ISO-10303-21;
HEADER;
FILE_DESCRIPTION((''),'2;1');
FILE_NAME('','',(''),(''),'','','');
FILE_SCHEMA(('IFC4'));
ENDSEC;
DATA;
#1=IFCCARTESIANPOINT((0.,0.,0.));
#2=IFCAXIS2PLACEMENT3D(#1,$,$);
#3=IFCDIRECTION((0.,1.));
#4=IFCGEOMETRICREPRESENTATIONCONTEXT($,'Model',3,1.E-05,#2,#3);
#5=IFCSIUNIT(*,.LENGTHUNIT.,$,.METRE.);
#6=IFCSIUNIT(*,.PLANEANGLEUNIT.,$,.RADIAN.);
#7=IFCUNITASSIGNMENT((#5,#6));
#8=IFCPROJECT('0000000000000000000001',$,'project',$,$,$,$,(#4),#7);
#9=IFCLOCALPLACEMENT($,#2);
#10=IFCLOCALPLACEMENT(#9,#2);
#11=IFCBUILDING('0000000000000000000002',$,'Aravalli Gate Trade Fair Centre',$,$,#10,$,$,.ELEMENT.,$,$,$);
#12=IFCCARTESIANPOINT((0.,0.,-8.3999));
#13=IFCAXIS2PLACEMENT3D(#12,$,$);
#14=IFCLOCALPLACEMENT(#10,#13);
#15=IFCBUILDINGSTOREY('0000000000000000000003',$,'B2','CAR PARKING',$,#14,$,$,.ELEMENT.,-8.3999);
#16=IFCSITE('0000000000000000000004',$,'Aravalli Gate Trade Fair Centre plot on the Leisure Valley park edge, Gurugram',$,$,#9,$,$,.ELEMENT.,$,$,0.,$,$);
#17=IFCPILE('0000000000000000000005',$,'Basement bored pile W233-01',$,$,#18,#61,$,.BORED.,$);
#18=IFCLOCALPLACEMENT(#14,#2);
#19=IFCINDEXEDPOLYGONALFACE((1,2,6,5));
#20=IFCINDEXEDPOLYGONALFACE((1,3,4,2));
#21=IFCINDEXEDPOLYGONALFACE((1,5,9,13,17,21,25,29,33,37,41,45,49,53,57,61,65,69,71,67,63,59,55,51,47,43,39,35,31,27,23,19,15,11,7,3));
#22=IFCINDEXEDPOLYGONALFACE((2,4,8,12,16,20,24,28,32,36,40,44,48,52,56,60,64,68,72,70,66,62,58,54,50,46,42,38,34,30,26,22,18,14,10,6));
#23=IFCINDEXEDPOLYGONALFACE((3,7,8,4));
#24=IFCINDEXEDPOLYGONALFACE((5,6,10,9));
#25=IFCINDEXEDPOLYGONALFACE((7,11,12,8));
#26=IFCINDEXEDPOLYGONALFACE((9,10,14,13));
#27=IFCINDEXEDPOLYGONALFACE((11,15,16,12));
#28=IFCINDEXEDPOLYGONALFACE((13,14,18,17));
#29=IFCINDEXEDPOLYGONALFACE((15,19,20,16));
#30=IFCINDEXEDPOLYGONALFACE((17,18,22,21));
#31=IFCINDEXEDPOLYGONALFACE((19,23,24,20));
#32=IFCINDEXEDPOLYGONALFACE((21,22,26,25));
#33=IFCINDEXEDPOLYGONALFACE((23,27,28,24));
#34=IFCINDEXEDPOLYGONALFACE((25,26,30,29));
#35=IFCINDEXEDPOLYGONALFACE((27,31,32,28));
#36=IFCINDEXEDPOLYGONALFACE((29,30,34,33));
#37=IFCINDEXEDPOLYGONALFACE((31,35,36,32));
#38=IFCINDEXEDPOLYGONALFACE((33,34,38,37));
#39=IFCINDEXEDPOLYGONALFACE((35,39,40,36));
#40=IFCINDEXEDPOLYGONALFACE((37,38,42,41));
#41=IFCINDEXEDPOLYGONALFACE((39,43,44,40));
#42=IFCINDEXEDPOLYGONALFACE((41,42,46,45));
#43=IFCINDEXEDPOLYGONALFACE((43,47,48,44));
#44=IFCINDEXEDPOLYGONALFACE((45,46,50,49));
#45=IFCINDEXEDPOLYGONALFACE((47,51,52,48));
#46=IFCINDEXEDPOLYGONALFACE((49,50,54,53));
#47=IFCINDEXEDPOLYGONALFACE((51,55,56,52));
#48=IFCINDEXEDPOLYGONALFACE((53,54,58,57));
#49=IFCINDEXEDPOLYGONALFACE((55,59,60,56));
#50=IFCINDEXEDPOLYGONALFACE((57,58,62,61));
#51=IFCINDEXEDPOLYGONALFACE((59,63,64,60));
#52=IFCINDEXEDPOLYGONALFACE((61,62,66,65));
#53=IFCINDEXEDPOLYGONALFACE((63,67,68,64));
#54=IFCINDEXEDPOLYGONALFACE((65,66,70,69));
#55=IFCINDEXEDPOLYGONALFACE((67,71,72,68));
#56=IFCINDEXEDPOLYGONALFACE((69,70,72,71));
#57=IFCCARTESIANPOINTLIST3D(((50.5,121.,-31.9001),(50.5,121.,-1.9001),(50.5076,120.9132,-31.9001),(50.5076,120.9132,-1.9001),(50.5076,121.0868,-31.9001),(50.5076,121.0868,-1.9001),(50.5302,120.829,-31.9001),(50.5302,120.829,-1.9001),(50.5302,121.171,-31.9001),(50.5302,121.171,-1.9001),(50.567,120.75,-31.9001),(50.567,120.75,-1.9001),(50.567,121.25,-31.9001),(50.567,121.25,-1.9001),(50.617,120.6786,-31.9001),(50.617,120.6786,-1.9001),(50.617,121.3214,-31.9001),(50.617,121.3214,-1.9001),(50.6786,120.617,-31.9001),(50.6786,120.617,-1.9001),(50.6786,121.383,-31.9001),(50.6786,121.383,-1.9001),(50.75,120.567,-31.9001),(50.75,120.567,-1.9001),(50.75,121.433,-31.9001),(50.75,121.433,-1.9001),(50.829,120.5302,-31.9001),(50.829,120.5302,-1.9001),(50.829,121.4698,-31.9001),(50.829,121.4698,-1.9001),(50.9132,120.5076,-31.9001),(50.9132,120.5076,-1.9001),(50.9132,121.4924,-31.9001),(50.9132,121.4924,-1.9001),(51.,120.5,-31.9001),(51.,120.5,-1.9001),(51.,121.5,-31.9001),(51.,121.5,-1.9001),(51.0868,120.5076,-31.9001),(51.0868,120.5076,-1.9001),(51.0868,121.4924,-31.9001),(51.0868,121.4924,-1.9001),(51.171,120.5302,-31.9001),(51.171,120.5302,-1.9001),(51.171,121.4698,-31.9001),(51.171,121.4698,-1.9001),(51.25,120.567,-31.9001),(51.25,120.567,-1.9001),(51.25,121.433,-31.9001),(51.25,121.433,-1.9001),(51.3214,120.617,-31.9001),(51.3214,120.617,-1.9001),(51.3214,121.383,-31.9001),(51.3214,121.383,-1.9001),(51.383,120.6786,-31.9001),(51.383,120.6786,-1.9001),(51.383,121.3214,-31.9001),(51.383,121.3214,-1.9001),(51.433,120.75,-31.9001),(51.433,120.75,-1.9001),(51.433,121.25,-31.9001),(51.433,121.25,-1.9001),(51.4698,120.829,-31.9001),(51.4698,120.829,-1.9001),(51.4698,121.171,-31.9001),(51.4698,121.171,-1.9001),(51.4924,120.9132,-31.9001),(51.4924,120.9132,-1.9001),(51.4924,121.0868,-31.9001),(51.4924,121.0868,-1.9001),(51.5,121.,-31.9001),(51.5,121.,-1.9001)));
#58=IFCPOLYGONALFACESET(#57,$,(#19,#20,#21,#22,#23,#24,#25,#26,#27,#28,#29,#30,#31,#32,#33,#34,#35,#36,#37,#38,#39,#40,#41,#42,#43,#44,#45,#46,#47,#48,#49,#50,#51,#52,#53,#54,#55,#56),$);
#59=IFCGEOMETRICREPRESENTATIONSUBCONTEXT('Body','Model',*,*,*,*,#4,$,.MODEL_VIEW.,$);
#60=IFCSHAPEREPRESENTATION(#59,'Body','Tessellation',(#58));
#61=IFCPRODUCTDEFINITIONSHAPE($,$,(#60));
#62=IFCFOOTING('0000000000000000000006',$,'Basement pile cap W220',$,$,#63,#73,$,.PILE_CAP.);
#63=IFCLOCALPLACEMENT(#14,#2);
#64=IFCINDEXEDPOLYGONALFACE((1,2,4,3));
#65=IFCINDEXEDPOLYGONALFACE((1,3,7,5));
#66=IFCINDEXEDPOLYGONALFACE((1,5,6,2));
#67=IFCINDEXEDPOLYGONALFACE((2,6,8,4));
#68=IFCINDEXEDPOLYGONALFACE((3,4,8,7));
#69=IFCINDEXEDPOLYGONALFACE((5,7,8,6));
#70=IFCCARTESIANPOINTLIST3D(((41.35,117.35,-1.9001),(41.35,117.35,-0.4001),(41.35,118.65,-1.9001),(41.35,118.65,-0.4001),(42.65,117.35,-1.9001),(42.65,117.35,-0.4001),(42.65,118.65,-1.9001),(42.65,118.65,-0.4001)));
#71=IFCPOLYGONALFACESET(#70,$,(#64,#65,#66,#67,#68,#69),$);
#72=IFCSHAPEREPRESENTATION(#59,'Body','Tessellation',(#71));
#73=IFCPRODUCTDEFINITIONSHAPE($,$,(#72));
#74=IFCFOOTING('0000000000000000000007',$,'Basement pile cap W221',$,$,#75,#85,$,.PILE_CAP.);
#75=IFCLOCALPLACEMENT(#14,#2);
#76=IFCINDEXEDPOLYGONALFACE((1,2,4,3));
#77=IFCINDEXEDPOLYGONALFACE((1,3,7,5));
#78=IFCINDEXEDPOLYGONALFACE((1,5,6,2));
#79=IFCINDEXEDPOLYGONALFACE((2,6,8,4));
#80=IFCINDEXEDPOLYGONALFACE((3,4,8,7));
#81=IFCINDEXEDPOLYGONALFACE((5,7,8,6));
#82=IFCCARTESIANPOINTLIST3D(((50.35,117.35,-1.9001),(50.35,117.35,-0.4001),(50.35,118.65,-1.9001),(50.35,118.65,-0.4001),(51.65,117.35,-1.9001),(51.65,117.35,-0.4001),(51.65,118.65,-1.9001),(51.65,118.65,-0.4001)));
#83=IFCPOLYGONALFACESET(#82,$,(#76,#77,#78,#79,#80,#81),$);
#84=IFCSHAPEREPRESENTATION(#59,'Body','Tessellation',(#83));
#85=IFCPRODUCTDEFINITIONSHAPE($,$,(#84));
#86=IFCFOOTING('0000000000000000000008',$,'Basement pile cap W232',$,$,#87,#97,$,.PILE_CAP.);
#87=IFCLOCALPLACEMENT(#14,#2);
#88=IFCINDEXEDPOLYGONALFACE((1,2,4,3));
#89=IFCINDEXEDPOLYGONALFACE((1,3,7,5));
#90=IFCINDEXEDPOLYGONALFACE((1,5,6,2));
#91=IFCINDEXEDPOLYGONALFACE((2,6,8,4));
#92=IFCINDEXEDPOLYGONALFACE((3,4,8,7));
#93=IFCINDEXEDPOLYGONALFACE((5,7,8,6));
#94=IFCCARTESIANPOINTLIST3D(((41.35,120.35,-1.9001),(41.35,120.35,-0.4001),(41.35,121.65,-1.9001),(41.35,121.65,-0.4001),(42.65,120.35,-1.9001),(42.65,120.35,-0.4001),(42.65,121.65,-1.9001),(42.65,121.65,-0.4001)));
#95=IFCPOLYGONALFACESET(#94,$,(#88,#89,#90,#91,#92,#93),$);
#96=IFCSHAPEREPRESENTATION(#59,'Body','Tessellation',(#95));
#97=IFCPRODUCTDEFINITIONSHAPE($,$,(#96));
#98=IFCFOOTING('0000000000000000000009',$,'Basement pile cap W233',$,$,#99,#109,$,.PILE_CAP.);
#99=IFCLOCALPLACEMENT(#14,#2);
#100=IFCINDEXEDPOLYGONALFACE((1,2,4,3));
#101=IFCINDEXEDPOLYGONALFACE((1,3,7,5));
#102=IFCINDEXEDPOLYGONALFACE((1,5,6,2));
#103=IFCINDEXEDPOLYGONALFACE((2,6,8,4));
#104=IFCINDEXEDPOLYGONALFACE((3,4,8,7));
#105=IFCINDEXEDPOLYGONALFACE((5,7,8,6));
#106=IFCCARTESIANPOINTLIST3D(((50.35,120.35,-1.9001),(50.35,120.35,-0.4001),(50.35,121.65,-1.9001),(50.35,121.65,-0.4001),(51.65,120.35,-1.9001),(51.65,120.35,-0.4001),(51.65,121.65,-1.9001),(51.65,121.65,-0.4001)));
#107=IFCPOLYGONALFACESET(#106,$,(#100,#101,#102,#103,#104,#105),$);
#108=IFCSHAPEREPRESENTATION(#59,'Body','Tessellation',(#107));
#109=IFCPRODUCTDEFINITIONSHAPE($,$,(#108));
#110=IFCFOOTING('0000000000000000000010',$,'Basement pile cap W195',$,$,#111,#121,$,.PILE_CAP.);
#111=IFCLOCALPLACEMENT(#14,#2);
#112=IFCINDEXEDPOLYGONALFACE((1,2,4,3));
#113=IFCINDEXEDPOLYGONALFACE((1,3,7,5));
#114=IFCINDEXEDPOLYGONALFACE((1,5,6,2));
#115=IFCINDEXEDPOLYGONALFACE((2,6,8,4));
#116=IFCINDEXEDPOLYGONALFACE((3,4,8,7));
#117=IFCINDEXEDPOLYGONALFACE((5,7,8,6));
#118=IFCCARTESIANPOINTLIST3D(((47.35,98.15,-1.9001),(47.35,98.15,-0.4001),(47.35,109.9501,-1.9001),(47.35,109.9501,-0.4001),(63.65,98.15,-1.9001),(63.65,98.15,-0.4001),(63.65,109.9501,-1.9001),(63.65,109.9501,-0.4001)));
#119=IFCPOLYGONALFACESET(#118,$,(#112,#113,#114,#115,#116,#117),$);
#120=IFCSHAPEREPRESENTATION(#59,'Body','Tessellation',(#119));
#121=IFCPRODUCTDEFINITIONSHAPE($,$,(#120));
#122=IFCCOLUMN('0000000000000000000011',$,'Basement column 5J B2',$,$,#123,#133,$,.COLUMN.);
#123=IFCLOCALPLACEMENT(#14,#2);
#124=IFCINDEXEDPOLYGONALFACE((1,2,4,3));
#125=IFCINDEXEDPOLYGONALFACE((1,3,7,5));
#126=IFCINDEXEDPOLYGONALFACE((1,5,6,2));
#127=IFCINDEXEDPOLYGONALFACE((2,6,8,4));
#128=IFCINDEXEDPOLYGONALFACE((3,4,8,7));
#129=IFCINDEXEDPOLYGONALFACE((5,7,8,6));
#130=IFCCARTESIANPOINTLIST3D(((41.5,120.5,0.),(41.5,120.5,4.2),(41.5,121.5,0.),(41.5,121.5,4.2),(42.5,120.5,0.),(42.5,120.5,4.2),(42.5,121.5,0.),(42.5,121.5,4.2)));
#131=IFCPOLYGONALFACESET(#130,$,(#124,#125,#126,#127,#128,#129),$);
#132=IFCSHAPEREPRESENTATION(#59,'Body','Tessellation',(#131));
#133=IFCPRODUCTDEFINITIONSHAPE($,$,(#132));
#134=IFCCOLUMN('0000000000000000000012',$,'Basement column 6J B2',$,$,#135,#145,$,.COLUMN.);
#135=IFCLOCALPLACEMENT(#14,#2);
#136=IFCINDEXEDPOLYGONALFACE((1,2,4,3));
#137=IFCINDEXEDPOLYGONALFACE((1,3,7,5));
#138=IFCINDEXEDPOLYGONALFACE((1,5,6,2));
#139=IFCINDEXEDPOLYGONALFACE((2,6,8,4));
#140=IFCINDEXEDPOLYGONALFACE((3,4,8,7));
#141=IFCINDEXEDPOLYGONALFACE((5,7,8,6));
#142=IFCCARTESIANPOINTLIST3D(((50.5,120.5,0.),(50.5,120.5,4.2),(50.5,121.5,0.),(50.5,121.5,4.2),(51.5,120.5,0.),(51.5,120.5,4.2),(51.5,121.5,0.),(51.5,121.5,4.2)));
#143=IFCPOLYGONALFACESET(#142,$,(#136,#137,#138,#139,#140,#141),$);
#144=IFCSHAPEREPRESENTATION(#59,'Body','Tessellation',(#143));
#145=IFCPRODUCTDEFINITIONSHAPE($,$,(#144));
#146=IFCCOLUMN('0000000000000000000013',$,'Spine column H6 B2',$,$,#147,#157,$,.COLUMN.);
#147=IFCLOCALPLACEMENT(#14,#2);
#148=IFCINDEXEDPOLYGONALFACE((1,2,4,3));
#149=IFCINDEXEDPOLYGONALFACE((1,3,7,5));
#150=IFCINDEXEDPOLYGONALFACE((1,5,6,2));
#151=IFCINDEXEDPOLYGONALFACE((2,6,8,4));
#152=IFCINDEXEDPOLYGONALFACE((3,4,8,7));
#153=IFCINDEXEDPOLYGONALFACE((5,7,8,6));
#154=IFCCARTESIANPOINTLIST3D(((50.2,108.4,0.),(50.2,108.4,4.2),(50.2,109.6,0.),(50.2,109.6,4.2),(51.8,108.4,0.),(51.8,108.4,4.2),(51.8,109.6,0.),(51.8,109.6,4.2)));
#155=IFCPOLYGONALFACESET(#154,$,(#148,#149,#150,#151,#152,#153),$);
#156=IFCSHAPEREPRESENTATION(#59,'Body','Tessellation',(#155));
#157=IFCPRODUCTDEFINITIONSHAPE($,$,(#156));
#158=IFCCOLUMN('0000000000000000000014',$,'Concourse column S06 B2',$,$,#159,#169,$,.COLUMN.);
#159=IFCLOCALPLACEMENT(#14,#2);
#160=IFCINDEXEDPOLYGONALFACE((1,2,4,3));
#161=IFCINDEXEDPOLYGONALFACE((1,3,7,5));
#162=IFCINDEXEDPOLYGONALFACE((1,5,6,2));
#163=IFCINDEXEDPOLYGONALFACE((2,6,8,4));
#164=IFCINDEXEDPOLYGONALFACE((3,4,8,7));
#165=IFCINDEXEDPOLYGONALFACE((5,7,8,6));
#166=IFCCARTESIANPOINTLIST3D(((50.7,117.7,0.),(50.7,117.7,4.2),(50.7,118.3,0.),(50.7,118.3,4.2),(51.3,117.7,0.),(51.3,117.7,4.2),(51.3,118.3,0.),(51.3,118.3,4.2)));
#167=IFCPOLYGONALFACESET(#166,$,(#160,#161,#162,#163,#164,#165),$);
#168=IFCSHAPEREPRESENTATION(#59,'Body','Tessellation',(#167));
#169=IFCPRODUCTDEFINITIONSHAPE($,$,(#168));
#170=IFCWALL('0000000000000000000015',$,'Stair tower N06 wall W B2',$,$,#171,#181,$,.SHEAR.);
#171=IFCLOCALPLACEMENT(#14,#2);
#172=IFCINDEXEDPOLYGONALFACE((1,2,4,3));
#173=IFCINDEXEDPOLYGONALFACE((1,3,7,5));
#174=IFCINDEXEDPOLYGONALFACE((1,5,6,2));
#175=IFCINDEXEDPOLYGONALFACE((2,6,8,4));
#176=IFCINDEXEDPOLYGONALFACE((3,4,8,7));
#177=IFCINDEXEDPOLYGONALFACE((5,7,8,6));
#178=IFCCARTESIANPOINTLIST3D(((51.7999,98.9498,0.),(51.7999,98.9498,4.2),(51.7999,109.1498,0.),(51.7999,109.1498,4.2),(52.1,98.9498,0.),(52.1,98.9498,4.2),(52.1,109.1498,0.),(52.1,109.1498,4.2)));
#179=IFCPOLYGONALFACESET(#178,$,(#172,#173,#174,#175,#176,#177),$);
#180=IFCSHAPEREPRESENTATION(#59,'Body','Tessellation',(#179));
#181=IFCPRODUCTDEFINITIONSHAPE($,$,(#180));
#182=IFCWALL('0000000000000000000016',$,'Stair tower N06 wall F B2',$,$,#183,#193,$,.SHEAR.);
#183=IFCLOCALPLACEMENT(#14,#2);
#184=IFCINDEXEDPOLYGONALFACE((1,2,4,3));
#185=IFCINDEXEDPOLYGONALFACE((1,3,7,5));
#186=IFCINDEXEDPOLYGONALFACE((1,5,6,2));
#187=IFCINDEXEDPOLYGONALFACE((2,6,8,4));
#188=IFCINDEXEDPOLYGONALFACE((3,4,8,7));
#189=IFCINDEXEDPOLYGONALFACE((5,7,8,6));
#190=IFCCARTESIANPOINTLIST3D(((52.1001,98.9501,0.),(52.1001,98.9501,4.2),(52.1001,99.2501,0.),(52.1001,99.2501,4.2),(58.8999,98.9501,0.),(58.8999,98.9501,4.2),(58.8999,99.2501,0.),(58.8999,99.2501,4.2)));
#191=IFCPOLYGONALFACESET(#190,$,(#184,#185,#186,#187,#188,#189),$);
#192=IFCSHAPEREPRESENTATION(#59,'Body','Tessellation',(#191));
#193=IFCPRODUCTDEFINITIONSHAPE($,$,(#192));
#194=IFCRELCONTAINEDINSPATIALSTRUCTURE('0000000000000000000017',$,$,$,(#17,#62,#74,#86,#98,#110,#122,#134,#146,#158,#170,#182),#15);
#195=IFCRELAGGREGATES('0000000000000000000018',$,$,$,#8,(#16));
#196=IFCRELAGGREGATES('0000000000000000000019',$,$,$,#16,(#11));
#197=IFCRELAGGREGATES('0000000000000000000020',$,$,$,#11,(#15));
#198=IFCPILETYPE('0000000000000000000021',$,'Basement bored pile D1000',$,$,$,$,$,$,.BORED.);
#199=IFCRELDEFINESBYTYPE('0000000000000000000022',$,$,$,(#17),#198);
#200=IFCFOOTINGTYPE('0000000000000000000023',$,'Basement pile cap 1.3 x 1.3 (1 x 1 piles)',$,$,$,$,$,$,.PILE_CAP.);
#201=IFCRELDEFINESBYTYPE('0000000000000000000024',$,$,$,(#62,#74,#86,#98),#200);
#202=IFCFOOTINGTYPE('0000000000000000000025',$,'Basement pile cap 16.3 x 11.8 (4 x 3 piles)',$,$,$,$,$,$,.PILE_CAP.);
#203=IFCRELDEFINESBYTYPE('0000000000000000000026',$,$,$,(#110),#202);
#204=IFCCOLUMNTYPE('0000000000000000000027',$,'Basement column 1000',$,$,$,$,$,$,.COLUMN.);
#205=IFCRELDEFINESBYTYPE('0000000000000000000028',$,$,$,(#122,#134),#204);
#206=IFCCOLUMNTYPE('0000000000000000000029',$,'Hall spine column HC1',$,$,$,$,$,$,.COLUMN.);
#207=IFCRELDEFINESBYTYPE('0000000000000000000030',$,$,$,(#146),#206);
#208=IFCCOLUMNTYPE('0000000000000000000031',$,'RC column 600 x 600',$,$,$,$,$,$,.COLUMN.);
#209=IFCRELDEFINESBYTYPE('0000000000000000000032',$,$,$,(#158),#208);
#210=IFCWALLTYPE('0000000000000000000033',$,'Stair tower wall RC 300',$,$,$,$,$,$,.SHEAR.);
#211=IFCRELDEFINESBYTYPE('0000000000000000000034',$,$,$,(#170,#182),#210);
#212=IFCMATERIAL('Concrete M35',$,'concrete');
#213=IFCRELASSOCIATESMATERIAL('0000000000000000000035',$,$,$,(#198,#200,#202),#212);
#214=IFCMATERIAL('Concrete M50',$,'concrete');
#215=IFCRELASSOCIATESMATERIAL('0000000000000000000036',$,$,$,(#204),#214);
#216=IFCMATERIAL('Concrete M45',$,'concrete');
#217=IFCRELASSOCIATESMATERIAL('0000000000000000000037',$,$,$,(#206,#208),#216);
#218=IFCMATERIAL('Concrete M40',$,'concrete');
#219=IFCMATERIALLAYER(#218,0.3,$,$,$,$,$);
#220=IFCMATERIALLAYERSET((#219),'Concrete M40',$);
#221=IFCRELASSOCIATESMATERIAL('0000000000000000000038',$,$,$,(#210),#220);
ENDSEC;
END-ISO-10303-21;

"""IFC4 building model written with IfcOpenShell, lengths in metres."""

from ifc_helpers import new_model, si_unit, direction, frame, frame_2d, origin, origin_2d, place, context, subcontext, project, spatial, rectangle, circle, extrude, material, layer, layer_set, material_profile, profile_set, type_object, element, save


model = new_model("IFC4")

# Units and contexts
model_context = context("Model", 3, precision=1e-05, world=origin(), true_north=direction((0.0, 1.0)))
body_context = subcontext(model_context, "Body", "Model", "MODEL_VIEW")
ifc_project = project(units=[si_unit("LENGTHUNIT", "METRE"), si_unit("PLANEANGLEUNIT", "RADIAN")], contexts=[model_context])

# Site, building, storey
site_placement = place(None, origin())
site = spatial("IfcSite", under=ifc_project, at=site_placement, Name="Aravalli Gate Trade Fair Centre plot on the Leisure Valley park edge, Gurugram", CompositionType="ELEMENT", RefElevation=0.0)
building_placement = place(site_placement, origin())
building = spatial("IfcBuilding", under=site, at=building_placement, Name="Aravalli Gate Trade Fair Centre", CompositionType="ELEMENT")
storey_placement = place(building_placement, frame((0.0, 0.0, -8.3999)))
storey = spatial("IfcBuildingStorey", under=building, at=storey_placement, Name="B2", Description="CAR PARKING", CompositionType="ELEMENT", Elevation=-8.3999)

# Pile
ifc_material_1 = material(Name="Concrete M35", Category="concrete")
ifc_material_profile_1 = material_profile(ifc_material_1, circle(Radius=0.5, at=origin_2d()), Name="D1000")
ifc_profile_set_1 = profile_set([ifc_material_profile_1], Name="Concrete M35")
pile_type = type_object("IfcPileType", Name="Basement bored pile D1000", PredefinedType="BORED", material=ifc_profile_set_1)
for number, where, z_axis, x_axis, name in (
    (1, (51.0, 121.0, -1.9001), (0.0, 0.0, -1.0), (1.0, 0.0, 0.0), "Basement bored pile W233-01"),
):
    element("IfcPile", number, at=place(storey_placement, frame(where, z_axis=z_axis, x_axis=x_axis)), inside=storey, type_object=pile_type, Name=name, PredefinedType="BORED", context=body_context, shape_type="SweptSolid", body=[
        extrude(circle(Radius=0.5, at=origin_2d()), origin(), (0.0, 0.0, 1.0), 30.0),
    ])

# Footings
footing_type_1 = type_object("IfcFootingType", Name="Basement pile cap 1.3 x 1.3 (1 x 1 piles)", PredefinedType="PILE_CAP", material=ifc_material_1)
for number, where, z_axis, x_axis, name in (
    (2, (42.0, 118.0, -1.9001), (0.0, 0.0, 1.0), (1.0, 0.0, 0.0), "Basement pile cap W220"),
    (3, (51.0, 118.0, -1.9001), (0.0, 0.0, 1.0), (1.0, 0.0, 0.0), "Basement pile cap W221"),
    (4, (42.0, 121.0, -1.9001), (0.0, 0.0, 1.0), (1.0, 0.0, 0.0), "Basement pile cap W232"),
    (5, (51.0, 121.0, -1.9001), (0.0, 0.0, 1.0), (1.0, 0.0, 0.0), "Basement pile cap W233"),
):
    element("IfcFooting", number, at=place(storey_placement, frame(where, z_axis=z_axis, x_axis=x_axis)), inside=storey, type_object=footing_type_1, Name=name, PredefinedType="PILE_CAP", context=body_context, shape_type="SweptSolid", body=[
        extrude(rectangle(XDim=1.3, YDim=1.3, at=origin_2d()), origin(), (0.0, 0.0, 1.0), 1.5),
    ])
footing_type_2 = type_object("IfcFootingType", Name="Basement pile cap 16.3 x 11.8 (4 x 3 piles)", PredefinedType="PILE_CAP", material=ifc_material_1)
footing_placement = place(storey_placement, frame((55.5, 104.05, -1.9001), z_axis=(0.0, 0.0, 1.0), x_axis=(1.0, 0.0, 0.0)))
element("IfcFooting", 6, at=footing_placement, inside=storey, type_object=footing_type_2, Name="Basement pile cap W195", PredefinedType="PILE_CAP", context=body_context, shape_type="SweptSolid", body=[
    extrude(rectangle(XDim=16.3, YDim=11.8, at=origin_2d()), origin(), (0.0, 0.0, 1.0), 1.5),
])

# Columns
ifc_material_2 = material(Name="Concrete M50", Category="concrete")
ifc_material_profile_2 = material_profile(ifc_material_2, rectangle(XDim=1.0, YDim=1.0, at=origin_2d()), Name="RC 1000 x 1000")
ifc_profile_set_2 = profile_set([ifc_material_profile_2], Name="Concrete M50")
column_type_1 = type_object("IfcColumnType", Name="Basement column 1000", PredefinedType="COLUMN", material=ifc_profile_set_2)
for number, where, z_axis, x_axis, name in (
    (7, (42.0, 121.0, 0.0), (0.0, 0.0, 1.0), (1.0, 0.0, 0.0), "Basement column 5J B2"),
    (8, (51.0, 121.0, 0.0), (0.0, 0.0, 1.0), (1.0, 0.0, 0.0), "Basement column 6J B2"),
):
    element("IfcColumn", number, at=place(storey_placement, frame(where, z_axis=z_axis, x_axis=x_axis)), inside=storey, type_object=column_type_1, Name=name, PredefinedType="COLUMN", context=body_context, shape_type="SweptSolid", body=[
        extrude(rectangle(XDim=1.0, YDim=1.0, at=origin_2d()), origin(), (0.0, 0.0, 1.0), 4.2),
    ])
ifc_material_3 = material(Name="Concrete M45", Category="concrete")
ifc_material_profile_3 = material_profile(ifc_material_3, rectangle(XDim=1.6001, YDim=1.2, at=origin_2d()), Name="RC 1600x1200")
ifc_profile_set_3 = profile_set([ifc_material_profile_3], Name="Concrete M45")
column_type_2 = type_object("IfcColumnType", Name="Hall spine column HC1", PredefinedType="COLUMN", material=ifc_profile_set_3)
column_1_placement = place(storey_placement, frame((51.0, 109.0, 0.0), z_axis=(0.0, 0.0, 1.0), x_axis=(1.0, 0.0, 0.0)))
element("IfcColumn", 9, at=column_1_placement, inside=storey, type_object=column_type_2, Name="Spine column H6 B2", PredefinedType="COLUMN", context=body_context, shape_type="SweptSolid", body=[
    extrude(rectangle(XDim=1.6001, YDim=1.2, at=origin_2d()), origin(), (0.0, 0.0, 1.0), 4.2),
])
ifc_material_profile_4 = material_profile(ifc_material_3, rectangle(XDim=0.6001, YDim=0.6001, at=origin_2d()), Name="RC column 600 x 600")
ifc_profile_set_4 = profile_set([ifc_material_profile_4], Name="Concrete M45")
column_type_3 = type_object("IfcColumnType", Name="RC column 600 x 600", PredefinedType="COLUMN", material=ifc_profile_set_4)
column_2_placement = place(storey_placement, frame((51.0, 118.0, 0.0), z_axis=(0.0, 0.0, 1.0), x_axis=(1.0, 0.0, 0.0)))
element("IfcColumn", 10, at=column_2_placement, inside=storey, type_object=column_type_3, Name="Concourse column S06 B2", PredefinedType="COLUMN", context=body_context, shape_type="SweptSolid", body=[
    extrude(rectangle(XDim=0.6001, YDim=0.6001, at=origin_2d()), origin(), (0.0, 0.0, 1.0), 4.2),
])

# Walls
ifc_material_4 = material(Name="Concrete M40", Category="concrete")
ifc_layer = layer(ifc_material_4, 0.3)
ifc_layer_set = layer_set([ifc_layer], Name="Concrete M40")
wall_type = type_object("IfcWallType", Name="Stair tower wall RC 300", PredefinedType="SHEAR", material=ifc_layer_set)
wall_1_placement = place(storey_placement, frame((51.95, 109.1499, 0.0), z_axis=(0.0, 0.0, 1.0), x_axis=(0.0, -1.0, 0.0)))
element("IfcWall", 11, at=wall_1_placement, inside=storey, type_object=wall_type, Name="Stair tower N06 wall W B2", PredefinedType="SHEAR", context=body_context, shape_type="SweptSolid", body=[
    extrude(rectangle(XDim=10.2, YDim=0.3, at=frame_2d((5.1001, 0.0))), origin(), (0.0, 0.0, 1.0), 4.2),
])
wall_2_placement = place(storey_placement, frame((52.1001, 99.1001, 0.0), z_axis=(0.0, 0.0, 1.0), x_axis=(1.0, 0.0, 0.0)))
element("IfcWall", 12, at=wall_2_placement, inside=storey, type_object=wall_type, Name="Stair tower N06 wall F B2", PredefinedType="SHEAR", context=body_context, shape_type="SweptSolid", body=[
    extrude(rectangle(XDim=6.7998, YDim=0.3, at=frame_2d((3.3999, 0.0))), origin(), (0.0, 0.0, 1.0), 4.2),
])

save(model, "model.ifc")
